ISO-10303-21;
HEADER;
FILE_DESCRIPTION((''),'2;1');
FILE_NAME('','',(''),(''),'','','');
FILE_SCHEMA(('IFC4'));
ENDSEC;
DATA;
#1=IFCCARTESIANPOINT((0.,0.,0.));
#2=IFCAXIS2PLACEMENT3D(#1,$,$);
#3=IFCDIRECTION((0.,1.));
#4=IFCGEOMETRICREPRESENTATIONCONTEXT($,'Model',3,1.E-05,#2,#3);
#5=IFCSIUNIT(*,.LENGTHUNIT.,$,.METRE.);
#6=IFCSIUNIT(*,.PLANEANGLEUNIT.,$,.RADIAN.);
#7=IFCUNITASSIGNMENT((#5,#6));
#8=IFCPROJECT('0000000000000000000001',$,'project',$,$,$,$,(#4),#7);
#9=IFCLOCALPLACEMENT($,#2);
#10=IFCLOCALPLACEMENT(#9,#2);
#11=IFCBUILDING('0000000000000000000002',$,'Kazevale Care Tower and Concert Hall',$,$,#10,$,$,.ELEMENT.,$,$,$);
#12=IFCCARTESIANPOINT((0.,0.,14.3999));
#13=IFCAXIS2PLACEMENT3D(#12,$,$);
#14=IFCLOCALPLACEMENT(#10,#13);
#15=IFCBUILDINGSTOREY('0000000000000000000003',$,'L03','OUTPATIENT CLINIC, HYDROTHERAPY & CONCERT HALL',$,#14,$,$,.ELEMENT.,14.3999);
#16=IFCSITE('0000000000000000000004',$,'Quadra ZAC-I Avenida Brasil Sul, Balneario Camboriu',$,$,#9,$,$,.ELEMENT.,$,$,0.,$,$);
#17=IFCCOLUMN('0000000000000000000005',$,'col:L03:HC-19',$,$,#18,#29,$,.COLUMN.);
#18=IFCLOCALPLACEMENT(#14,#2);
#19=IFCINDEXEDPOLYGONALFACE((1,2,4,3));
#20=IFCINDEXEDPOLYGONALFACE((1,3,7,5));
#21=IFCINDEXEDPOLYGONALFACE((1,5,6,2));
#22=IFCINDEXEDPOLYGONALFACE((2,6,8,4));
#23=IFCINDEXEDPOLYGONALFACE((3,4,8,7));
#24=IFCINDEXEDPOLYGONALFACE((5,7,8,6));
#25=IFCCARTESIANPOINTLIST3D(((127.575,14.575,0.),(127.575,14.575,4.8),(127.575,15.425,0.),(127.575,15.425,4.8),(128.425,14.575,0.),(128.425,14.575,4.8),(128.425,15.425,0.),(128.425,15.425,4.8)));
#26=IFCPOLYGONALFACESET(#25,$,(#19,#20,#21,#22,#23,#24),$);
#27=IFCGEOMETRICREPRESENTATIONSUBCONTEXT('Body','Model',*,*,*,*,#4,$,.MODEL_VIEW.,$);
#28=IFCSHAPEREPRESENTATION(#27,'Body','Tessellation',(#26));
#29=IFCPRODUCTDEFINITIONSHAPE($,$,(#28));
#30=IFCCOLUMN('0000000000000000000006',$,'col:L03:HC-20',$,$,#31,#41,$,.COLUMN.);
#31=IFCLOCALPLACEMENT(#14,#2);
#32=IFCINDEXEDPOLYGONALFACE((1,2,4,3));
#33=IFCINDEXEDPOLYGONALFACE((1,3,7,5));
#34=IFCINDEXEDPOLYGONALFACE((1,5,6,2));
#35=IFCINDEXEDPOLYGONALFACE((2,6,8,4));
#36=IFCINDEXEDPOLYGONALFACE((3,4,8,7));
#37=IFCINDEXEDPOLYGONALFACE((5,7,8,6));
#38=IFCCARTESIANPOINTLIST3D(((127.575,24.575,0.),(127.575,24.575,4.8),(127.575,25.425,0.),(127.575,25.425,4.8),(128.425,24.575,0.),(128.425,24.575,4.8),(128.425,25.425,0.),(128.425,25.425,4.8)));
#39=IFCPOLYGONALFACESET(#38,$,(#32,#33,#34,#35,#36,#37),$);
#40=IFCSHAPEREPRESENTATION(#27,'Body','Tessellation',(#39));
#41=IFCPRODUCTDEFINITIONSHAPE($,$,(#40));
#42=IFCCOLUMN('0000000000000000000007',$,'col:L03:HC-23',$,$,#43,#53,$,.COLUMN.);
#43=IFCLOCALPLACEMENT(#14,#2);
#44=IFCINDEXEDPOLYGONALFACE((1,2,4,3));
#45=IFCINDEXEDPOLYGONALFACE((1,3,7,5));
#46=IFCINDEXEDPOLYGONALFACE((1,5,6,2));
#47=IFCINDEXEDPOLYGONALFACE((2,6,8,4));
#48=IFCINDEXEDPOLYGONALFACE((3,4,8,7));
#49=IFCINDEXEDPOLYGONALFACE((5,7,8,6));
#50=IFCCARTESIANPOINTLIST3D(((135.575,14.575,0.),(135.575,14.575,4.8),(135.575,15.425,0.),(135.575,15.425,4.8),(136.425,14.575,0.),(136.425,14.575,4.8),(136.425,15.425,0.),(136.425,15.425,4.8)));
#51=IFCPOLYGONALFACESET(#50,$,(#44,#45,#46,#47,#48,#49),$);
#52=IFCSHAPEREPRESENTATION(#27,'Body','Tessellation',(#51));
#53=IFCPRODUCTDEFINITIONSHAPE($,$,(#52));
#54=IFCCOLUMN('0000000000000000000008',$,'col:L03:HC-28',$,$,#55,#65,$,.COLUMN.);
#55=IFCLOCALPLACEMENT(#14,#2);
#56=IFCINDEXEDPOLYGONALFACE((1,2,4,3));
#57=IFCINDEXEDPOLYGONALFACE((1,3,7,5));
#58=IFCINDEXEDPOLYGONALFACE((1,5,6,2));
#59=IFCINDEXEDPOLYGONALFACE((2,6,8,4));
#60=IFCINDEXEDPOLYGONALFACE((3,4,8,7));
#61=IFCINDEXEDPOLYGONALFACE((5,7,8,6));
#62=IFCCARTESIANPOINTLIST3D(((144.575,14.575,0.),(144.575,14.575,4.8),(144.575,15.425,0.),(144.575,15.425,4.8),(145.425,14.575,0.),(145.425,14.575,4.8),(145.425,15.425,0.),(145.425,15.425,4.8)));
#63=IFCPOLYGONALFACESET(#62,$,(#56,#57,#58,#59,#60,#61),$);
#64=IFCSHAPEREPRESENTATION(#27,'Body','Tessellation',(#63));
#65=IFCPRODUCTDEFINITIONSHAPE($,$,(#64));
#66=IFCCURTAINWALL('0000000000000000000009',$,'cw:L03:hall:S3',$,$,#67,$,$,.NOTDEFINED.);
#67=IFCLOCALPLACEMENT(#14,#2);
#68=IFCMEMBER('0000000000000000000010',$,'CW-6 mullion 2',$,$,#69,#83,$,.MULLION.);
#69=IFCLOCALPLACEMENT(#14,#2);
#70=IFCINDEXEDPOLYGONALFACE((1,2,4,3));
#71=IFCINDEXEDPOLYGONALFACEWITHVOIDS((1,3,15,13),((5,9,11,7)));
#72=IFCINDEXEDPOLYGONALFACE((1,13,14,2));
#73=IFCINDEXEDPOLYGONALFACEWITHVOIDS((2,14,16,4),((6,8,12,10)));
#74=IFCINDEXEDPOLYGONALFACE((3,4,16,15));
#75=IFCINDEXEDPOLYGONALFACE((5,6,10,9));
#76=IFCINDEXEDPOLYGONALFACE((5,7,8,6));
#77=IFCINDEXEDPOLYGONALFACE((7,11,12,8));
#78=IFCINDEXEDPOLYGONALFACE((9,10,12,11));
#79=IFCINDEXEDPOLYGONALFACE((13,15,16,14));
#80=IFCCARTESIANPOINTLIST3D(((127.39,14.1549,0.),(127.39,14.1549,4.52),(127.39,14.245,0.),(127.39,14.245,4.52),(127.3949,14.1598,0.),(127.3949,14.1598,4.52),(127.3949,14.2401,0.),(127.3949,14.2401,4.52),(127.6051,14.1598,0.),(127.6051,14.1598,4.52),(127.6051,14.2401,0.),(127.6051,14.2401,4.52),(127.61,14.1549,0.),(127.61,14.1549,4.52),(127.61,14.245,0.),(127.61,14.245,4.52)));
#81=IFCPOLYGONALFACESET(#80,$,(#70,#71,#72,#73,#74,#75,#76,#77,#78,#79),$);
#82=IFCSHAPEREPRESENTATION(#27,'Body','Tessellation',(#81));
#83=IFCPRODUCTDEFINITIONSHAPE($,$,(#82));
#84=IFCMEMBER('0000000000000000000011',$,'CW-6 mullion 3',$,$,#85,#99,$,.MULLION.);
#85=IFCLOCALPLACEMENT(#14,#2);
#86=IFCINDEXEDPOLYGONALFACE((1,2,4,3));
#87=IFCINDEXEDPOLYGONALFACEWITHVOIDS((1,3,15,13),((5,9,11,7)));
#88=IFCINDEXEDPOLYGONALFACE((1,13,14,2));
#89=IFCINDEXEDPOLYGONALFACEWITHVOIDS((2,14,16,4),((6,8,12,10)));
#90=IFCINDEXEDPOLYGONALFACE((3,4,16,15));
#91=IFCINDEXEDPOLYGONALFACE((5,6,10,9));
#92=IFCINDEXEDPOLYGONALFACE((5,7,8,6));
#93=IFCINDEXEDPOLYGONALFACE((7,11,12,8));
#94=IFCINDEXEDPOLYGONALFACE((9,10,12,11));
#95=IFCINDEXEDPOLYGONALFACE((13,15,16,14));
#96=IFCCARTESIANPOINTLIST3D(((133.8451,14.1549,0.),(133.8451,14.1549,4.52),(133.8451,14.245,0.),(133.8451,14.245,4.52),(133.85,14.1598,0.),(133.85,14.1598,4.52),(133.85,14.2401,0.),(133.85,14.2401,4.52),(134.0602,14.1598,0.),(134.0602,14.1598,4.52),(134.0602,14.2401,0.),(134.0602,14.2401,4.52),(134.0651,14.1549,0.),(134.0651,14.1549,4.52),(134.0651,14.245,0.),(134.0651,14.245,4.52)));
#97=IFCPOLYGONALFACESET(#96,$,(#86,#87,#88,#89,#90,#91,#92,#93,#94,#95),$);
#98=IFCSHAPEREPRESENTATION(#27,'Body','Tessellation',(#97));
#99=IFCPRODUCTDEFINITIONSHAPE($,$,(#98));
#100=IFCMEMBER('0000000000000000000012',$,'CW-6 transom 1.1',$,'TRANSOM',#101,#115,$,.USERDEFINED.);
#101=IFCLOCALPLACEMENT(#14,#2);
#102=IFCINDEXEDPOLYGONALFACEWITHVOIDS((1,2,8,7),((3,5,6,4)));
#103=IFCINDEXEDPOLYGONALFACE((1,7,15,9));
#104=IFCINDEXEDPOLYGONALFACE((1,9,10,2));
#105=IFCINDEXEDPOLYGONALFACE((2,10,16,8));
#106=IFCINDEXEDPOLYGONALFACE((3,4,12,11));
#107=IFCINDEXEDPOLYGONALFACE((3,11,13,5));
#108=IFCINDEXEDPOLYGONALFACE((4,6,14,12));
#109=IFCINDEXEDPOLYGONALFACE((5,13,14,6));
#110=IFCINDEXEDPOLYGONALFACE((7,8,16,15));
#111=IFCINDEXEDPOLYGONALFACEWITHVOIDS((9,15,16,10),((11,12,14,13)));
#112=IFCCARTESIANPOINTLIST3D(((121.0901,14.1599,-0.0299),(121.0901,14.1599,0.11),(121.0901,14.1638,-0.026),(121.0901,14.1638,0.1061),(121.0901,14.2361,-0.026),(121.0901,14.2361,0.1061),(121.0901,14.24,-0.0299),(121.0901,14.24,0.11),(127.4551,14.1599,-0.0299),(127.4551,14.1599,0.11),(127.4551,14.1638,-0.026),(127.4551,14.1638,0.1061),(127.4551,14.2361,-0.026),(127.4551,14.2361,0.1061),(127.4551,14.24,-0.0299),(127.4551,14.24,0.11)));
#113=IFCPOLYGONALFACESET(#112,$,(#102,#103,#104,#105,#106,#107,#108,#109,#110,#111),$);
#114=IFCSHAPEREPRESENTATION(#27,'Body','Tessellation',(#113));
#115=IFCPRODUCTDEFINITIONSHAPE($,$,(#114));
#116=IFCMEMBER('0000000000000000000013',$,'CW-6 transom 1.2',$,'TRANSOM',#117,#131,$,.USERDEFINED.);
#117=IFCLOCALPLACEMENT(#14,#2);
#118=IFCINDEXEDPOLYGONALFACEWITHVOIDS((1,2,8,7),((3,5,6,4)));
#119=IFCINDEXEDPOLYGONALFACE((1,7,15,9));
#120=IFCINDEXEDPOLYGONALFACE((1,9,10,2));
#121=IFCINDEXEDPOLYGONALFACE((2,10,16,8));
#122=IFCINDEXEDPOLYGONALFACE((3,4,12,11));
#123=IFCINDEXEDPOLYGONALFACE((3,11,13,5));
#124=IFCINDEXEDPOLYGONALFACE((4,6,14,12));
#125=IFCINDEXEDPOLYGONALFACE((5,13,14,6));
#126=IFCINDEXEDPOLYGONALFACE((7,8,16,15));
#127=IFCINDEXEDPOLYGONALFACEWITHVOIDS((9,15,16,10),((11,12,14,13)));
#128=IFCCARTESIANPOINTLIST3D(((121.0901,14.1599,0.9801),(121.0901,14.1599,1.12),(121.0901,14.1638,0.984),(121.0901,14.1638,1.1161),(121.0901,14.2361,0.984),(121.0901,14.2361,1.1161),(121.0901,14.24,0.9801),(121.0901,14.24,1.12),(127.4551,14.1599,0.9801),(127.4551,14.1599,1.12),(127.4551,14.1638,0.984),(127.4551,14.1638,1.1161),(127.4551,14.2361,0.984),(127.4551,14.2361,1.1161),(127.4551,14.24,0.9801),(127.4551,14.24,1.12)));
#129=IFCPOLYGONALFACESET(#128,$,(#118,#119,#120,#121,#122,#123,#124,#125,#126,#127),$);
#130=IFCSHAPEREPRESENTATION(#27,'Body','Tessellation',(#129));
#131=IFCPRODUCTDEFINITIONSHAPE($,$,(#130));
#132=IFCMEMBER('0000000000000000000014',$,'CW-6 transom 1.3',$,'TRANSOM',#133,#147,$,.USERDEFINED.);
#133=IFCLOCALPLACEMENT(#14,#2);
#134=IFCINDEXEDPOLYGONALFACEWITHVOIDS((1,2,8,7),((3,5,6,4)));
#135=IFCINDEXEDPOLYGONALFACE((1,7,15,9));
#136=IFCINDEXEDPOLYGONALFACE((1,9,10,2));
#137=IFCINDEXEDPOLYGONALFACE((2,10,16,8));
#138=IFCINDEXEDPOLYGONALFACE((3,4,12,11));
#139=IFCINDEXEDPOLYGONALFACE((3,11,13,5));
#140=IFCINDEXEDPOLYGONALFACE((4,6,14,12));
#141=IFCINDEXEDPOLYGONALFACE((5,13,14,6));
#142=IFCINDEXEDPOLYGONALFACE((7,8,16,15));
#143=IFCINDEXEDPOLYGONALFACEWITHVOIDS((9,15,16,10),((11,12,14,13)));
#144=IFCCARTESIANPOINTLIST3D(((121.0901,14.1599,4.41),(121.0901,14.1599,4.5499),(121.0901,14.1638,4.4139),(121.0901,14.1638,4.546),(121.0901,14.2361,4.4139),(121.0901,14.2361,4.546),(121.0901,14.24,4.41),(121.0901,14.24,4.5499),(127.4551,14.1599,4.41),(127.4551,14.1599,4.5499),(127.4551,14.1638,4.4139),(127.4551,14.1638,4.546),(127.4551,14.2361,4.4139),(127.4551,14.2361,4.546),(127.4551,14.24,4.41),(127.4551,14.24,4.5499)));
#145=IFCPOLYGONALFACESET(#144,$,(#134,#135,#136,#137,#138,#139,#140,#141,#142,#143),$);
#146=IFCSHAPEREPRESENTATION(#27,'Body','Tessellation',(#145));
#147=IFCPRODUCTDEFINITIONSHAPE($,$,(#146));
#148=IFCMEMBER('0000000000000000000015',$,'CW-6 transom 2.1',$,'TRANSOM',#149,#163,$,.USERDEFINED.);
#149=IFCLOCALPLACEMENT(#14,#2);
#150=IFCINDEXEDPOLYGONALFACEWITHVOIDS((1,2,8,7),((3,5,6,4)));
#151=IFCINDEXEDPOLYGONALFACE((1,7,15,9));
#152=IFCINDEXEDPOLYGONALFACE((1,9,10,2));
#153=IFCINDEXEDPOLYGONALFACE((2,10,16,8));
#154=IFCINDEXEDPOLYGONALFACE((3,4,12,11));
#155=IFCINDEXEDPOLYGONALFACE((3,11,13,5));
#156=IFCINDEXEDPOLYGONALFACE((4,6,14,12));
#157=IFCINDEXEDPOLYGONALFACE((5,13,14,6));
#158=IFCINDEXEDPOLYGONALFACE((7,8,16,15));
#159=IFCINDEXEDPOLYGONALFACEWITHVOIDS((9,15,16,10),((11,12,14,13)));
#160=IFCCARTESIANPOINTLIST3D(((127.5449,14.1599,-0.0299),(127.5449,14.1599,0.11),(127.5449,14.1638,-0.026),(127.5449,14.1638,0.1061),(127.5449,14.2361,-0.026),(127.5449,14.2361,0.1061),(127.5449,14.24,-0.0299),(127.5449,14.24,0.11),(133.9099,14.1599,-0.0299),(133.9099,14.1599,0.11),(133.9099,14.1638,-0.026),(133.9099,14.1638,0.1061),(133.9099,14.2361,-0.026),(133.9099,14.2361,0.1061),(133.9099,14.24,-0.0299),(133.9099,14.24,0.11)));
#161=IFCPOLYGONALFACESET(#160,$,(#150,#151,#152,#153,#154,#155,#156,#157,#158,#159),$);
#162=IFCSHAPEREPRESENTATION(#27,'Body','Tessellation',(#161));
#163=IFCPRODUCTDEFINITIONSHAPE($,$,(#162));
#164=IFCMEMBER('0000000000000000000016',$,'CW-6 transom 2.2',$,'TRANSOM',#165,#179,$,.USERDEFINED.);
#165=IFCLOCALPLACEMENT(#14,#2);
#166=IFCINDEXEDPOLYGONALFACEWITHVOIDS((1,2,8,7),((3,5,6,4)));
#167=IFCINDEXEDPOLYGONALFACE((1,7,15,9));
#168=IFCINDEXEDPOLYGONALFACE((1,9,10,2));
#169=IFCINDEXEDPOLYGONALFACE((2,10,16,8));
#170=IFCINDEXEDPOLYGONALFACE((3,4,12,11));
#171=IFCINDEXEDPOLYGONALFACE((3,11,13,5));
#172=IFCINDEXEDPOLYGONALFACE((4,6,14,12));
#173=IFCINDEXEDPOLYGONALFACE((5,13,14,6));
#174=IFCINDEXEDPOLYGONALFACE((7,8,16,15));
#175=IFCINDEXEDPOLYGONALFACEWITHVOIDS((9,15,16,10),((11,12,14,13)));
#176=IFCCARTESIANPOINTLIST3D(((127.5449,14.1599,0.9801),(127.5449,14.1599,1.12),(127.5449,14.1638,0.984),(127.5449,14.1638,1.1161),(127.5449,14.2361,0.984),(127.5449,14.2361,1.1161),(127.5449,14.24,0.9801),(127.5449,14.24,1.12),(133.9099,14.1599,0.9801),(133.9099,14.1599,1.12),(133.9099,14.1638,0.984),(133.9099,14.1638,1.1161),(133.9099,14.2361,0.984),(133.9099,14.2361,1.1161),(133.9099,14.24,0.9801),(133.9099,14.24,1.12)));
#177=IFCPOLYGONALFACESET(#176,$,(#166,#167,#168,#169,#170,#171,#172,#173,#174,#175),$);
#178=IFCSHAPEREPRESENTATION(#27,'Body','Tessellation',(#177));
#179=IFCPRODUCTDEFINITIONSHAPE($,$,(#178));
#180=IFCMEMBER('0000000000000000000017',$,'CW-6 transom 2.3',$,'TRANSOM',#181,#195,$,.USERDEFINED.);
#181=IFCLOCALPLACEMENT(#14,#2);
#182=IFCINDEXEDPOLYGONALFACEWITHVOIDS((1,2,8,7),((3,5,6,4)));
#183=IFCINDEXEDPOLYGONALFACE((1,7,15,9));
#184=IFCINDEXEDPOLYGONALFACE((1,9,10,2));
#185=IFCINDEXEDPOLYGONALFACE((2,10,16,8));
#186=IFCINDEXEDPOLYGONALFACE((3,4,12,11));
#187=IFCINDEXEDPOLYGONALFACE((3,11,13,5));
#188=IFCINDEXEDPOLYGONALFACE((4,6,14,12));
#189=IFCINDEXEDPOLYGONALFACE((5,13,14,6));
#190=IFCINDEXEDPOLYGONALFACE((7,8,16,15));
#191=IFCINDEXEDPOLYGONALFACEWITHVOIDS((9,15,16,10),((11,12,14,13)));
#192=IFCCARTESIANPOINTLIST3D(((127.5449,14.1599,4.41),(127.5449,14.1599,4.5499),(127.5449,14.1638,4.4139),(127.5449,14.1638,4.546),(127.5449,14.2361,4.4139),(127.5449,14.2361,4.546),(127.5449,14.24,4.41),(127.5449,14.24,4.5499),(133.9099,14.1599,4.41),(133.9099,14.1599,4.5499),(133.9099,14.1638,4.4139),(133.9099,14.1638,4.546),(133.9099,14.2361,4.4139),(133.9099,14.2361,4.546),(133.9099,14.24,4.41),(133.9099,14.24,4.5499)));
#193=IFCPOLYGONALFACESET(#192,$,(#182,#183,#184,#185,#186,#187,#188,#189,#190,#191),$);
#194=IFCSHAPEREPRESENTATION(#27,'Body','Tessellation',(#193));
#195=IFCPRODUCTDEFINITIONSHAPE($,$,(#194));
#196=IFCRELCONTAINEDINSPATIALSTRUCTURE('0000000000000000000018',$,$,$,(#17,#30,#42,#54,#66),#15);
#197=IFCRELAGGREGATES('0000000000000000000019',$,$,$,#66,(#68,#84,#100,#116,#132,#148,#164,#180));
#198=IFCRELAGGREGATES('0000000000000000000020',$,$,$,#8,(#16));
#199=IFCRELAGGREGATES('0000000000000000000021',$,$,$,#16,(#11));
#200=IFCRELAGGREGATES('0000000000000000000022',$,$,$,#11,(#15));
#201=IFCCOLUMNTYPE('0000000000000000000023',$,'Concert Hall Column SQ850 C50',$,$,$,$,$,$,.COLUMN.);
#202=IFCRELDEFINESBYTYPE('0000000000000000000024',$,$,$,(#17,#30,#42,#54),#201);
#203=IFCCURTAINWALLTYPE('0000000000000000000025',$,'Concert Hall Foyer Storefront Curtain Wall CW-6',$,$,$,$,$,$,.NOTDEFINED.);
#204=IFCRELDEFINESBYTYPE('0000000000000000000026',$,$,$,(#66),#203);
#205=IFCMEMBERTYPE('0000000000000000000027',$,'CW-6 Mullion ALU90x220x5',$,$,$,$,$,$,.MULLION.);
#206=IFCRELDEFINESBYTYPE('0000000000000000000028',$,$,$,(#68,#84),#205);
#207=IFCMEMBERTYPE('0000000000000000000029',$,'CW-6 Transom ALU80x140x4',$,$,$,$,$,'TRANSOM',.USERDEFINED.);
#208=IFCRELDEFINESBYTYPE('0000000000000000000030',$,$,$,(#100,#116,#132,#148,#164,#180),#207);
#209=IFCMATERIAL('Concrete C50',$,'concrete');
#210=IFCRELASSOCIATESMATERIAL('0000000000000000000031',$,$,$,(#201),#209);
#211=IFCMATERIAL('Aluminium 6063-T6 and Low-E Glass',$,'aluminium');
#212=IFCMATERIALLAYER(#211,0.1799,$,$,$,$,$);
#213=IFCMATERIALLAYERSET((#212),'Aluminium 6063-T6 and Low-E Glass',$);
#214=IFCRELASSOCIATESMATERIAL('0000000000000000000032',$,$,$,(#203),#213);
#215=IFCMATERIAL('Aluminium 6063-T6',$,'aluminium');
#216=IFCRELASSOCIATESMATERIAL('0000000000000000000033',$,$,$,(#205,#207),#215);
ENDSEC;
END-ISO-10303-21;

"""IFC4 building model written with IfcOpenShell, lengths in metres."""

from ifc_helpers import new_model, si_unit, direction, frame, origin, origin_2d, place, context, subcontext, project, spatial, rectangle, hollow_rectangle, extrude, material, layer, layer_set, material_profile, profile_set, type_object, element, aggregate, save


model = new_model("IFC4")

# Units and contexts
model_context = context("Model", 3, precision=1e-05, world=origin(), true_north=direction((0.0, 1.0)))
body_context = subcontext(model_context, "Body", "Model", "MODEL_VIEW")
ifc_project = project(units=[si_unit("LENGTHUNIT", "METRE"), si_unit("PLANEANGLEUNIT", "RADIAN")], contexts=[model_context])

# Site, building, storey
site_placement = place(None, origin())
site = spatial("IfcSite", under=ifc_project, at=site_placement, Name="Quadra ZAC-I Avenida Brasil Sul, Balneario Camboriu", CompositionType="ELEMENT", RefElevation=0.0)
building_placement = place(site_placement, origin())
building = spatial("IfcBuilding", under=site, at=building_placement, Name="Kazevale Care Tower and Concert Hall", CompositionType="ELEMENT")
storey_placement = place(building_placement, frame((0.0, 0.0, 14.3999)))
storey = spatial("IfcBuildingStorey", under=building, at=storey_placement, Name="L03", Description="OUTPATIENT CLINIC, HYDROTHERAPY & CONCERT HALL", CompositionType="ELEMENT", Elevation=14.3999)

# Columns
ifc_material_1 = material(Name="Concrete C50", Category="concrete")
ifc_material_profile_1 = material_profile(ifc_material_1, rectangle(XDim=0.8501, YDim=0.8501, at=origin_2d()), Name="RC-SQ850")
ifc_profile_set_1 = profile_set([ifc_material_profile_1], Name="Concrete C50")
column_type = type_object("IfcColumnType", Name="Concert Hall Column SQ850 C50", PredefinedType="COLUMN", material=ifc_profile_set_1)
for number, where, z_axis, x_axis, name in (
    (1, (128.0, 15.0, 0.0), (0.0, 0.0, 1.0), (1.0, 0.0, 0.0), "col:L03:HC-19"),
    (2, (128.0, 25.0, 0.0), (0.0, 0.0, 1.0), (1.0, 0.0, 0.0), "col:L03:HC-20"),
    (3, (136.0, 15.0, 0.0), (0.0, 0.0, 1.0), (1.0, 0.0, 0.0), "col:L03:HC-23"),
    (4, (145.0, 15.0, 0.0), (0.0, 0.0, 1.0), (1.0, 0.0, 0.0), "col:L03:HC-28"),
):
    element("IfcColumn", number, at=place(storey_placement, frame(where, z_axis=z_axis, x_axis=x_axis)), inside=storey, type_object=column_type, Name=name, PredefinedType="COLUMN", context=body_context, shape_type="SweptSolid", body=[
        extrude(rectangle(XDim=0.8501, YDim=0.8501, at=origin_2d()), origin(), (0.0, 0.0, 1.0), 4.8),
    ])

# Curtain wall, members
ifc_material_2 = material(Name="Aluminium 6063-T6 and Low-E Glass", Category="aluminium")
ifc_layer_1 = layer(ifc_material_2, 0.1799)
ifc_layer_set_1 = layer_set([ifc_layer_1], Name="Aluminium 6063-T6 and Low-E Glass")
curtain_wall_type = type_object("IfcCurtainWallType", Name="Concert Hall Foyer Storefront Curtain Wall CW-6", PredefinedType="NOTDEFINED", material=ifc_layer_set_1)
curtain_wall_placement = place(storey_placement, origin())
curtain_wall = element("IfcCurtainWall", 5, at=curtain_wall_placement, inside=storey, type_object=curtain_wall_type, Name="cw:L03:hall:S3", PredefinedType="NOTDEFINED")
ifc_material_3 = material(Name="Aluminium 6063-T6", Category="aluminium")
ifc_material_profile_2 = material_profile(ifc_material_3, hollow_rectangle(XDim=0.0901, YDim=0.22, WallThickness=0.0049, at=origin_2d()), Name="ALU90x220x5")
ifc_profile_set_2 = profile_set([ifc_material_profile_2], Name="Aluminium 6063-T6")
member_type_1 = type_object("IfcMemberType", Name="CW-6 Mullion ALU90x220x5", PredefinedType="MULLION", material=ifc_profile_set_2)
member_1_placement = place(storey_placement, frame((127.5, 14.2, 0.0), z_axis=(0.0, 0.0, 1.0), x_axis=(0.0, 1.0, 0.0)))
member_1 = element("IfcMember", 6, at=member_1_placement, type_object=member_type_1, Name="CW-6 mullion 2", PredefinedType="MULLION", context=body_context, shape_type="SweptSolid", body=[
    extrude(hollow_rectangle(XDim=0.0901, YDim=0.22, WallThickness=0.0049, at=origin_2d()), origin(), (0.0, 0.0, 1.0), 4.52),
])
member_2_placement = place(storey_placement, frame((133.9551, 14.2, 0.0), z_axis=(0.0, 0.0, 1.0), x_axis=(0.0, 1.0, 0.0)))
member_2 = element("IfcMember", 7, at=member_2_placement, type_object=member_type_1, Name="CW-6 mullion 3", PredefinedType="MULLION", context=body_context, shape_type="SweptSolid", body=[
    extrude(hollow_rectangle(XDim=0.0901, YDim=0.22, WallThickness=0.0049, at=origin_2d()), origin(), (0.0, 0.0, 1.0), 4.52),
])
ifc_material_profile_3 = material_profile(ifc_material_3, hollow_rectangle(XDim=0.0801, YDim=0.1399, WallThickness=0.0039, at=origin_2d()), Name="ALU80x140x4")
ifc_profile_set_3 = profile_set([ifc_material_profile_3], Name="Aluminium 6063-T6")
member_type_2 = type_object("IfcMemberType", Name="CW-6 Transom ALU80x140x4", ElementType="TRANSOM", PredefinedType="USERDEFINED", material=ifc_profile_set_3)
member_3_placement = place(storey_placement, frame((121.0901, 14.2, 0.04), z_axis=(1.0, 0.0, 0.0), x_axis=(0.0, 1.0, 0.0)))
member_3 = element("IfcMember", 8, at=member_3_placement, type_object=member_type_2, Name="CW-6 transom 1.1", ObjectType="TRANSOM", PredefinedType="USERDEFINED", context=body_context, shape_type="SweptSolid", body=[
    extrude(hollow_rectangle(XDim=0.0801, YDim=0.1399, WallThickness=0.0039, at=origin_2d()), origin(), (0.0, 0.0, 1.0), 6.365),
])
member_4_placement = place(storey_placement, frame((121.0901, 14.2, 1.05), z_axis=(1.0, 0.0, 0.0), x_axis=(0.0, 1.0, 0.0)))
member_4 = element("IfcMember", 9, at=member_4_placement, type_object=member_type_2, Name="CW-6 transom 1.2", ObjectType="TRANSOM", PredefinedType="USERDEFINED", context=body_context, shape_type="SweptSolid", body=[
    extrude(hollow_rectangle(XDim=0.0801, YDim=0.1399, WallThickness=0.0039, at=origin_2d()), origin(), (0.0, 0.0, 1.0), 6.365),
])
member_5_placement = place(storey_placement, frame((121.0901, 14.2, 4.48), z_axis=(1.0, 0.0, 0.0), x_axis=(0.0, 1.0, 0.0)))
member_5 = element("IfcMember", 10, at=member_5_placement, type_object=member_type_2, Name="CW-6 transom 1.3", ObjectType="TRANSOM", PredefinedType="USERDEFINED", context=body_context, shape_type="SweptSolid", body=[
    extrude(hollow_rectangle(XDim=0.0801, YDim=0.1399, WallThickness=0.0039, at=origin_2d()), origin(), (0.0, 0.0, 1.0), 6.365),
])
member_6_placement = place(storey_placement, frame((127.5449, 14.2, 0.04), z_axis=(1.0, 0.0, 0.0), x_axis=(0.0, 1.0, 0.0)))
member_6 = element("IfcMember", 11, at=member_6_placement, type_object=member_type_2, Name="CW-6 transom 2.1", ObjectType="TRANSOM", PredefinedType="USERDEFINED", context=body_context, shape_type="SweptSolid", body=[
    extrude(hollow_rectangle(XDim=0.0801, YDim=0.1399, WallThickness=0.0039, at=origin_2d()), origin(), (0.0, 0.0, 1.0), 6.365),
])
member_7_placement = place(storey_placement, frame((127.5449, 14.2, 1.05), z_axis=(1.0, 0.0, 0.0), x_axis=(0.0, 1.0, 0.0)))
member_7 = element("IfcMember", 12, at=member_7_placement, type_object=member_type_2, Name="CW-6 transom 2.2", ObjectType="TRANSOM", PredefinedType="USERDEFINED", context=body_context, shape_type="SweptSolid", body=[
    extrude(hollow_rectangle(XDim=0.0801, YDim=0.1399, WallThickness=0.0039, at=origin_2d()), origin(), (0.0, 0.0, 1.0), 6.365),
])
member_8_placement = place(storey_placement, frame((127.5449, 14.2, 4.48), z_axis=(1.0, 0.0, 0.0), x_axis=(0.0, 1.0, 0.0)))
member_8 = element("IfcMember", 13, at=member_8_placement, type_object=member_type_2, Name="CW-6 transom 2.3", ObjectType="TRANSOM", PredefinedType="USERDEFINED", context=body_context, shape_type="SweptSolid", body=[
    extrude(hollow_rectangle(XDim=0.0801, YDim=0.1399, WallThickness=0.0039, at=origin_2d()), origin(), (0.0, 0.0, 1.0), 6.365),
])

aggregate(curtain_wall, [member_1, member_2, member_3, member_4, member_5, member_6, member_7, member_8])

save(model, "model.ifc")
